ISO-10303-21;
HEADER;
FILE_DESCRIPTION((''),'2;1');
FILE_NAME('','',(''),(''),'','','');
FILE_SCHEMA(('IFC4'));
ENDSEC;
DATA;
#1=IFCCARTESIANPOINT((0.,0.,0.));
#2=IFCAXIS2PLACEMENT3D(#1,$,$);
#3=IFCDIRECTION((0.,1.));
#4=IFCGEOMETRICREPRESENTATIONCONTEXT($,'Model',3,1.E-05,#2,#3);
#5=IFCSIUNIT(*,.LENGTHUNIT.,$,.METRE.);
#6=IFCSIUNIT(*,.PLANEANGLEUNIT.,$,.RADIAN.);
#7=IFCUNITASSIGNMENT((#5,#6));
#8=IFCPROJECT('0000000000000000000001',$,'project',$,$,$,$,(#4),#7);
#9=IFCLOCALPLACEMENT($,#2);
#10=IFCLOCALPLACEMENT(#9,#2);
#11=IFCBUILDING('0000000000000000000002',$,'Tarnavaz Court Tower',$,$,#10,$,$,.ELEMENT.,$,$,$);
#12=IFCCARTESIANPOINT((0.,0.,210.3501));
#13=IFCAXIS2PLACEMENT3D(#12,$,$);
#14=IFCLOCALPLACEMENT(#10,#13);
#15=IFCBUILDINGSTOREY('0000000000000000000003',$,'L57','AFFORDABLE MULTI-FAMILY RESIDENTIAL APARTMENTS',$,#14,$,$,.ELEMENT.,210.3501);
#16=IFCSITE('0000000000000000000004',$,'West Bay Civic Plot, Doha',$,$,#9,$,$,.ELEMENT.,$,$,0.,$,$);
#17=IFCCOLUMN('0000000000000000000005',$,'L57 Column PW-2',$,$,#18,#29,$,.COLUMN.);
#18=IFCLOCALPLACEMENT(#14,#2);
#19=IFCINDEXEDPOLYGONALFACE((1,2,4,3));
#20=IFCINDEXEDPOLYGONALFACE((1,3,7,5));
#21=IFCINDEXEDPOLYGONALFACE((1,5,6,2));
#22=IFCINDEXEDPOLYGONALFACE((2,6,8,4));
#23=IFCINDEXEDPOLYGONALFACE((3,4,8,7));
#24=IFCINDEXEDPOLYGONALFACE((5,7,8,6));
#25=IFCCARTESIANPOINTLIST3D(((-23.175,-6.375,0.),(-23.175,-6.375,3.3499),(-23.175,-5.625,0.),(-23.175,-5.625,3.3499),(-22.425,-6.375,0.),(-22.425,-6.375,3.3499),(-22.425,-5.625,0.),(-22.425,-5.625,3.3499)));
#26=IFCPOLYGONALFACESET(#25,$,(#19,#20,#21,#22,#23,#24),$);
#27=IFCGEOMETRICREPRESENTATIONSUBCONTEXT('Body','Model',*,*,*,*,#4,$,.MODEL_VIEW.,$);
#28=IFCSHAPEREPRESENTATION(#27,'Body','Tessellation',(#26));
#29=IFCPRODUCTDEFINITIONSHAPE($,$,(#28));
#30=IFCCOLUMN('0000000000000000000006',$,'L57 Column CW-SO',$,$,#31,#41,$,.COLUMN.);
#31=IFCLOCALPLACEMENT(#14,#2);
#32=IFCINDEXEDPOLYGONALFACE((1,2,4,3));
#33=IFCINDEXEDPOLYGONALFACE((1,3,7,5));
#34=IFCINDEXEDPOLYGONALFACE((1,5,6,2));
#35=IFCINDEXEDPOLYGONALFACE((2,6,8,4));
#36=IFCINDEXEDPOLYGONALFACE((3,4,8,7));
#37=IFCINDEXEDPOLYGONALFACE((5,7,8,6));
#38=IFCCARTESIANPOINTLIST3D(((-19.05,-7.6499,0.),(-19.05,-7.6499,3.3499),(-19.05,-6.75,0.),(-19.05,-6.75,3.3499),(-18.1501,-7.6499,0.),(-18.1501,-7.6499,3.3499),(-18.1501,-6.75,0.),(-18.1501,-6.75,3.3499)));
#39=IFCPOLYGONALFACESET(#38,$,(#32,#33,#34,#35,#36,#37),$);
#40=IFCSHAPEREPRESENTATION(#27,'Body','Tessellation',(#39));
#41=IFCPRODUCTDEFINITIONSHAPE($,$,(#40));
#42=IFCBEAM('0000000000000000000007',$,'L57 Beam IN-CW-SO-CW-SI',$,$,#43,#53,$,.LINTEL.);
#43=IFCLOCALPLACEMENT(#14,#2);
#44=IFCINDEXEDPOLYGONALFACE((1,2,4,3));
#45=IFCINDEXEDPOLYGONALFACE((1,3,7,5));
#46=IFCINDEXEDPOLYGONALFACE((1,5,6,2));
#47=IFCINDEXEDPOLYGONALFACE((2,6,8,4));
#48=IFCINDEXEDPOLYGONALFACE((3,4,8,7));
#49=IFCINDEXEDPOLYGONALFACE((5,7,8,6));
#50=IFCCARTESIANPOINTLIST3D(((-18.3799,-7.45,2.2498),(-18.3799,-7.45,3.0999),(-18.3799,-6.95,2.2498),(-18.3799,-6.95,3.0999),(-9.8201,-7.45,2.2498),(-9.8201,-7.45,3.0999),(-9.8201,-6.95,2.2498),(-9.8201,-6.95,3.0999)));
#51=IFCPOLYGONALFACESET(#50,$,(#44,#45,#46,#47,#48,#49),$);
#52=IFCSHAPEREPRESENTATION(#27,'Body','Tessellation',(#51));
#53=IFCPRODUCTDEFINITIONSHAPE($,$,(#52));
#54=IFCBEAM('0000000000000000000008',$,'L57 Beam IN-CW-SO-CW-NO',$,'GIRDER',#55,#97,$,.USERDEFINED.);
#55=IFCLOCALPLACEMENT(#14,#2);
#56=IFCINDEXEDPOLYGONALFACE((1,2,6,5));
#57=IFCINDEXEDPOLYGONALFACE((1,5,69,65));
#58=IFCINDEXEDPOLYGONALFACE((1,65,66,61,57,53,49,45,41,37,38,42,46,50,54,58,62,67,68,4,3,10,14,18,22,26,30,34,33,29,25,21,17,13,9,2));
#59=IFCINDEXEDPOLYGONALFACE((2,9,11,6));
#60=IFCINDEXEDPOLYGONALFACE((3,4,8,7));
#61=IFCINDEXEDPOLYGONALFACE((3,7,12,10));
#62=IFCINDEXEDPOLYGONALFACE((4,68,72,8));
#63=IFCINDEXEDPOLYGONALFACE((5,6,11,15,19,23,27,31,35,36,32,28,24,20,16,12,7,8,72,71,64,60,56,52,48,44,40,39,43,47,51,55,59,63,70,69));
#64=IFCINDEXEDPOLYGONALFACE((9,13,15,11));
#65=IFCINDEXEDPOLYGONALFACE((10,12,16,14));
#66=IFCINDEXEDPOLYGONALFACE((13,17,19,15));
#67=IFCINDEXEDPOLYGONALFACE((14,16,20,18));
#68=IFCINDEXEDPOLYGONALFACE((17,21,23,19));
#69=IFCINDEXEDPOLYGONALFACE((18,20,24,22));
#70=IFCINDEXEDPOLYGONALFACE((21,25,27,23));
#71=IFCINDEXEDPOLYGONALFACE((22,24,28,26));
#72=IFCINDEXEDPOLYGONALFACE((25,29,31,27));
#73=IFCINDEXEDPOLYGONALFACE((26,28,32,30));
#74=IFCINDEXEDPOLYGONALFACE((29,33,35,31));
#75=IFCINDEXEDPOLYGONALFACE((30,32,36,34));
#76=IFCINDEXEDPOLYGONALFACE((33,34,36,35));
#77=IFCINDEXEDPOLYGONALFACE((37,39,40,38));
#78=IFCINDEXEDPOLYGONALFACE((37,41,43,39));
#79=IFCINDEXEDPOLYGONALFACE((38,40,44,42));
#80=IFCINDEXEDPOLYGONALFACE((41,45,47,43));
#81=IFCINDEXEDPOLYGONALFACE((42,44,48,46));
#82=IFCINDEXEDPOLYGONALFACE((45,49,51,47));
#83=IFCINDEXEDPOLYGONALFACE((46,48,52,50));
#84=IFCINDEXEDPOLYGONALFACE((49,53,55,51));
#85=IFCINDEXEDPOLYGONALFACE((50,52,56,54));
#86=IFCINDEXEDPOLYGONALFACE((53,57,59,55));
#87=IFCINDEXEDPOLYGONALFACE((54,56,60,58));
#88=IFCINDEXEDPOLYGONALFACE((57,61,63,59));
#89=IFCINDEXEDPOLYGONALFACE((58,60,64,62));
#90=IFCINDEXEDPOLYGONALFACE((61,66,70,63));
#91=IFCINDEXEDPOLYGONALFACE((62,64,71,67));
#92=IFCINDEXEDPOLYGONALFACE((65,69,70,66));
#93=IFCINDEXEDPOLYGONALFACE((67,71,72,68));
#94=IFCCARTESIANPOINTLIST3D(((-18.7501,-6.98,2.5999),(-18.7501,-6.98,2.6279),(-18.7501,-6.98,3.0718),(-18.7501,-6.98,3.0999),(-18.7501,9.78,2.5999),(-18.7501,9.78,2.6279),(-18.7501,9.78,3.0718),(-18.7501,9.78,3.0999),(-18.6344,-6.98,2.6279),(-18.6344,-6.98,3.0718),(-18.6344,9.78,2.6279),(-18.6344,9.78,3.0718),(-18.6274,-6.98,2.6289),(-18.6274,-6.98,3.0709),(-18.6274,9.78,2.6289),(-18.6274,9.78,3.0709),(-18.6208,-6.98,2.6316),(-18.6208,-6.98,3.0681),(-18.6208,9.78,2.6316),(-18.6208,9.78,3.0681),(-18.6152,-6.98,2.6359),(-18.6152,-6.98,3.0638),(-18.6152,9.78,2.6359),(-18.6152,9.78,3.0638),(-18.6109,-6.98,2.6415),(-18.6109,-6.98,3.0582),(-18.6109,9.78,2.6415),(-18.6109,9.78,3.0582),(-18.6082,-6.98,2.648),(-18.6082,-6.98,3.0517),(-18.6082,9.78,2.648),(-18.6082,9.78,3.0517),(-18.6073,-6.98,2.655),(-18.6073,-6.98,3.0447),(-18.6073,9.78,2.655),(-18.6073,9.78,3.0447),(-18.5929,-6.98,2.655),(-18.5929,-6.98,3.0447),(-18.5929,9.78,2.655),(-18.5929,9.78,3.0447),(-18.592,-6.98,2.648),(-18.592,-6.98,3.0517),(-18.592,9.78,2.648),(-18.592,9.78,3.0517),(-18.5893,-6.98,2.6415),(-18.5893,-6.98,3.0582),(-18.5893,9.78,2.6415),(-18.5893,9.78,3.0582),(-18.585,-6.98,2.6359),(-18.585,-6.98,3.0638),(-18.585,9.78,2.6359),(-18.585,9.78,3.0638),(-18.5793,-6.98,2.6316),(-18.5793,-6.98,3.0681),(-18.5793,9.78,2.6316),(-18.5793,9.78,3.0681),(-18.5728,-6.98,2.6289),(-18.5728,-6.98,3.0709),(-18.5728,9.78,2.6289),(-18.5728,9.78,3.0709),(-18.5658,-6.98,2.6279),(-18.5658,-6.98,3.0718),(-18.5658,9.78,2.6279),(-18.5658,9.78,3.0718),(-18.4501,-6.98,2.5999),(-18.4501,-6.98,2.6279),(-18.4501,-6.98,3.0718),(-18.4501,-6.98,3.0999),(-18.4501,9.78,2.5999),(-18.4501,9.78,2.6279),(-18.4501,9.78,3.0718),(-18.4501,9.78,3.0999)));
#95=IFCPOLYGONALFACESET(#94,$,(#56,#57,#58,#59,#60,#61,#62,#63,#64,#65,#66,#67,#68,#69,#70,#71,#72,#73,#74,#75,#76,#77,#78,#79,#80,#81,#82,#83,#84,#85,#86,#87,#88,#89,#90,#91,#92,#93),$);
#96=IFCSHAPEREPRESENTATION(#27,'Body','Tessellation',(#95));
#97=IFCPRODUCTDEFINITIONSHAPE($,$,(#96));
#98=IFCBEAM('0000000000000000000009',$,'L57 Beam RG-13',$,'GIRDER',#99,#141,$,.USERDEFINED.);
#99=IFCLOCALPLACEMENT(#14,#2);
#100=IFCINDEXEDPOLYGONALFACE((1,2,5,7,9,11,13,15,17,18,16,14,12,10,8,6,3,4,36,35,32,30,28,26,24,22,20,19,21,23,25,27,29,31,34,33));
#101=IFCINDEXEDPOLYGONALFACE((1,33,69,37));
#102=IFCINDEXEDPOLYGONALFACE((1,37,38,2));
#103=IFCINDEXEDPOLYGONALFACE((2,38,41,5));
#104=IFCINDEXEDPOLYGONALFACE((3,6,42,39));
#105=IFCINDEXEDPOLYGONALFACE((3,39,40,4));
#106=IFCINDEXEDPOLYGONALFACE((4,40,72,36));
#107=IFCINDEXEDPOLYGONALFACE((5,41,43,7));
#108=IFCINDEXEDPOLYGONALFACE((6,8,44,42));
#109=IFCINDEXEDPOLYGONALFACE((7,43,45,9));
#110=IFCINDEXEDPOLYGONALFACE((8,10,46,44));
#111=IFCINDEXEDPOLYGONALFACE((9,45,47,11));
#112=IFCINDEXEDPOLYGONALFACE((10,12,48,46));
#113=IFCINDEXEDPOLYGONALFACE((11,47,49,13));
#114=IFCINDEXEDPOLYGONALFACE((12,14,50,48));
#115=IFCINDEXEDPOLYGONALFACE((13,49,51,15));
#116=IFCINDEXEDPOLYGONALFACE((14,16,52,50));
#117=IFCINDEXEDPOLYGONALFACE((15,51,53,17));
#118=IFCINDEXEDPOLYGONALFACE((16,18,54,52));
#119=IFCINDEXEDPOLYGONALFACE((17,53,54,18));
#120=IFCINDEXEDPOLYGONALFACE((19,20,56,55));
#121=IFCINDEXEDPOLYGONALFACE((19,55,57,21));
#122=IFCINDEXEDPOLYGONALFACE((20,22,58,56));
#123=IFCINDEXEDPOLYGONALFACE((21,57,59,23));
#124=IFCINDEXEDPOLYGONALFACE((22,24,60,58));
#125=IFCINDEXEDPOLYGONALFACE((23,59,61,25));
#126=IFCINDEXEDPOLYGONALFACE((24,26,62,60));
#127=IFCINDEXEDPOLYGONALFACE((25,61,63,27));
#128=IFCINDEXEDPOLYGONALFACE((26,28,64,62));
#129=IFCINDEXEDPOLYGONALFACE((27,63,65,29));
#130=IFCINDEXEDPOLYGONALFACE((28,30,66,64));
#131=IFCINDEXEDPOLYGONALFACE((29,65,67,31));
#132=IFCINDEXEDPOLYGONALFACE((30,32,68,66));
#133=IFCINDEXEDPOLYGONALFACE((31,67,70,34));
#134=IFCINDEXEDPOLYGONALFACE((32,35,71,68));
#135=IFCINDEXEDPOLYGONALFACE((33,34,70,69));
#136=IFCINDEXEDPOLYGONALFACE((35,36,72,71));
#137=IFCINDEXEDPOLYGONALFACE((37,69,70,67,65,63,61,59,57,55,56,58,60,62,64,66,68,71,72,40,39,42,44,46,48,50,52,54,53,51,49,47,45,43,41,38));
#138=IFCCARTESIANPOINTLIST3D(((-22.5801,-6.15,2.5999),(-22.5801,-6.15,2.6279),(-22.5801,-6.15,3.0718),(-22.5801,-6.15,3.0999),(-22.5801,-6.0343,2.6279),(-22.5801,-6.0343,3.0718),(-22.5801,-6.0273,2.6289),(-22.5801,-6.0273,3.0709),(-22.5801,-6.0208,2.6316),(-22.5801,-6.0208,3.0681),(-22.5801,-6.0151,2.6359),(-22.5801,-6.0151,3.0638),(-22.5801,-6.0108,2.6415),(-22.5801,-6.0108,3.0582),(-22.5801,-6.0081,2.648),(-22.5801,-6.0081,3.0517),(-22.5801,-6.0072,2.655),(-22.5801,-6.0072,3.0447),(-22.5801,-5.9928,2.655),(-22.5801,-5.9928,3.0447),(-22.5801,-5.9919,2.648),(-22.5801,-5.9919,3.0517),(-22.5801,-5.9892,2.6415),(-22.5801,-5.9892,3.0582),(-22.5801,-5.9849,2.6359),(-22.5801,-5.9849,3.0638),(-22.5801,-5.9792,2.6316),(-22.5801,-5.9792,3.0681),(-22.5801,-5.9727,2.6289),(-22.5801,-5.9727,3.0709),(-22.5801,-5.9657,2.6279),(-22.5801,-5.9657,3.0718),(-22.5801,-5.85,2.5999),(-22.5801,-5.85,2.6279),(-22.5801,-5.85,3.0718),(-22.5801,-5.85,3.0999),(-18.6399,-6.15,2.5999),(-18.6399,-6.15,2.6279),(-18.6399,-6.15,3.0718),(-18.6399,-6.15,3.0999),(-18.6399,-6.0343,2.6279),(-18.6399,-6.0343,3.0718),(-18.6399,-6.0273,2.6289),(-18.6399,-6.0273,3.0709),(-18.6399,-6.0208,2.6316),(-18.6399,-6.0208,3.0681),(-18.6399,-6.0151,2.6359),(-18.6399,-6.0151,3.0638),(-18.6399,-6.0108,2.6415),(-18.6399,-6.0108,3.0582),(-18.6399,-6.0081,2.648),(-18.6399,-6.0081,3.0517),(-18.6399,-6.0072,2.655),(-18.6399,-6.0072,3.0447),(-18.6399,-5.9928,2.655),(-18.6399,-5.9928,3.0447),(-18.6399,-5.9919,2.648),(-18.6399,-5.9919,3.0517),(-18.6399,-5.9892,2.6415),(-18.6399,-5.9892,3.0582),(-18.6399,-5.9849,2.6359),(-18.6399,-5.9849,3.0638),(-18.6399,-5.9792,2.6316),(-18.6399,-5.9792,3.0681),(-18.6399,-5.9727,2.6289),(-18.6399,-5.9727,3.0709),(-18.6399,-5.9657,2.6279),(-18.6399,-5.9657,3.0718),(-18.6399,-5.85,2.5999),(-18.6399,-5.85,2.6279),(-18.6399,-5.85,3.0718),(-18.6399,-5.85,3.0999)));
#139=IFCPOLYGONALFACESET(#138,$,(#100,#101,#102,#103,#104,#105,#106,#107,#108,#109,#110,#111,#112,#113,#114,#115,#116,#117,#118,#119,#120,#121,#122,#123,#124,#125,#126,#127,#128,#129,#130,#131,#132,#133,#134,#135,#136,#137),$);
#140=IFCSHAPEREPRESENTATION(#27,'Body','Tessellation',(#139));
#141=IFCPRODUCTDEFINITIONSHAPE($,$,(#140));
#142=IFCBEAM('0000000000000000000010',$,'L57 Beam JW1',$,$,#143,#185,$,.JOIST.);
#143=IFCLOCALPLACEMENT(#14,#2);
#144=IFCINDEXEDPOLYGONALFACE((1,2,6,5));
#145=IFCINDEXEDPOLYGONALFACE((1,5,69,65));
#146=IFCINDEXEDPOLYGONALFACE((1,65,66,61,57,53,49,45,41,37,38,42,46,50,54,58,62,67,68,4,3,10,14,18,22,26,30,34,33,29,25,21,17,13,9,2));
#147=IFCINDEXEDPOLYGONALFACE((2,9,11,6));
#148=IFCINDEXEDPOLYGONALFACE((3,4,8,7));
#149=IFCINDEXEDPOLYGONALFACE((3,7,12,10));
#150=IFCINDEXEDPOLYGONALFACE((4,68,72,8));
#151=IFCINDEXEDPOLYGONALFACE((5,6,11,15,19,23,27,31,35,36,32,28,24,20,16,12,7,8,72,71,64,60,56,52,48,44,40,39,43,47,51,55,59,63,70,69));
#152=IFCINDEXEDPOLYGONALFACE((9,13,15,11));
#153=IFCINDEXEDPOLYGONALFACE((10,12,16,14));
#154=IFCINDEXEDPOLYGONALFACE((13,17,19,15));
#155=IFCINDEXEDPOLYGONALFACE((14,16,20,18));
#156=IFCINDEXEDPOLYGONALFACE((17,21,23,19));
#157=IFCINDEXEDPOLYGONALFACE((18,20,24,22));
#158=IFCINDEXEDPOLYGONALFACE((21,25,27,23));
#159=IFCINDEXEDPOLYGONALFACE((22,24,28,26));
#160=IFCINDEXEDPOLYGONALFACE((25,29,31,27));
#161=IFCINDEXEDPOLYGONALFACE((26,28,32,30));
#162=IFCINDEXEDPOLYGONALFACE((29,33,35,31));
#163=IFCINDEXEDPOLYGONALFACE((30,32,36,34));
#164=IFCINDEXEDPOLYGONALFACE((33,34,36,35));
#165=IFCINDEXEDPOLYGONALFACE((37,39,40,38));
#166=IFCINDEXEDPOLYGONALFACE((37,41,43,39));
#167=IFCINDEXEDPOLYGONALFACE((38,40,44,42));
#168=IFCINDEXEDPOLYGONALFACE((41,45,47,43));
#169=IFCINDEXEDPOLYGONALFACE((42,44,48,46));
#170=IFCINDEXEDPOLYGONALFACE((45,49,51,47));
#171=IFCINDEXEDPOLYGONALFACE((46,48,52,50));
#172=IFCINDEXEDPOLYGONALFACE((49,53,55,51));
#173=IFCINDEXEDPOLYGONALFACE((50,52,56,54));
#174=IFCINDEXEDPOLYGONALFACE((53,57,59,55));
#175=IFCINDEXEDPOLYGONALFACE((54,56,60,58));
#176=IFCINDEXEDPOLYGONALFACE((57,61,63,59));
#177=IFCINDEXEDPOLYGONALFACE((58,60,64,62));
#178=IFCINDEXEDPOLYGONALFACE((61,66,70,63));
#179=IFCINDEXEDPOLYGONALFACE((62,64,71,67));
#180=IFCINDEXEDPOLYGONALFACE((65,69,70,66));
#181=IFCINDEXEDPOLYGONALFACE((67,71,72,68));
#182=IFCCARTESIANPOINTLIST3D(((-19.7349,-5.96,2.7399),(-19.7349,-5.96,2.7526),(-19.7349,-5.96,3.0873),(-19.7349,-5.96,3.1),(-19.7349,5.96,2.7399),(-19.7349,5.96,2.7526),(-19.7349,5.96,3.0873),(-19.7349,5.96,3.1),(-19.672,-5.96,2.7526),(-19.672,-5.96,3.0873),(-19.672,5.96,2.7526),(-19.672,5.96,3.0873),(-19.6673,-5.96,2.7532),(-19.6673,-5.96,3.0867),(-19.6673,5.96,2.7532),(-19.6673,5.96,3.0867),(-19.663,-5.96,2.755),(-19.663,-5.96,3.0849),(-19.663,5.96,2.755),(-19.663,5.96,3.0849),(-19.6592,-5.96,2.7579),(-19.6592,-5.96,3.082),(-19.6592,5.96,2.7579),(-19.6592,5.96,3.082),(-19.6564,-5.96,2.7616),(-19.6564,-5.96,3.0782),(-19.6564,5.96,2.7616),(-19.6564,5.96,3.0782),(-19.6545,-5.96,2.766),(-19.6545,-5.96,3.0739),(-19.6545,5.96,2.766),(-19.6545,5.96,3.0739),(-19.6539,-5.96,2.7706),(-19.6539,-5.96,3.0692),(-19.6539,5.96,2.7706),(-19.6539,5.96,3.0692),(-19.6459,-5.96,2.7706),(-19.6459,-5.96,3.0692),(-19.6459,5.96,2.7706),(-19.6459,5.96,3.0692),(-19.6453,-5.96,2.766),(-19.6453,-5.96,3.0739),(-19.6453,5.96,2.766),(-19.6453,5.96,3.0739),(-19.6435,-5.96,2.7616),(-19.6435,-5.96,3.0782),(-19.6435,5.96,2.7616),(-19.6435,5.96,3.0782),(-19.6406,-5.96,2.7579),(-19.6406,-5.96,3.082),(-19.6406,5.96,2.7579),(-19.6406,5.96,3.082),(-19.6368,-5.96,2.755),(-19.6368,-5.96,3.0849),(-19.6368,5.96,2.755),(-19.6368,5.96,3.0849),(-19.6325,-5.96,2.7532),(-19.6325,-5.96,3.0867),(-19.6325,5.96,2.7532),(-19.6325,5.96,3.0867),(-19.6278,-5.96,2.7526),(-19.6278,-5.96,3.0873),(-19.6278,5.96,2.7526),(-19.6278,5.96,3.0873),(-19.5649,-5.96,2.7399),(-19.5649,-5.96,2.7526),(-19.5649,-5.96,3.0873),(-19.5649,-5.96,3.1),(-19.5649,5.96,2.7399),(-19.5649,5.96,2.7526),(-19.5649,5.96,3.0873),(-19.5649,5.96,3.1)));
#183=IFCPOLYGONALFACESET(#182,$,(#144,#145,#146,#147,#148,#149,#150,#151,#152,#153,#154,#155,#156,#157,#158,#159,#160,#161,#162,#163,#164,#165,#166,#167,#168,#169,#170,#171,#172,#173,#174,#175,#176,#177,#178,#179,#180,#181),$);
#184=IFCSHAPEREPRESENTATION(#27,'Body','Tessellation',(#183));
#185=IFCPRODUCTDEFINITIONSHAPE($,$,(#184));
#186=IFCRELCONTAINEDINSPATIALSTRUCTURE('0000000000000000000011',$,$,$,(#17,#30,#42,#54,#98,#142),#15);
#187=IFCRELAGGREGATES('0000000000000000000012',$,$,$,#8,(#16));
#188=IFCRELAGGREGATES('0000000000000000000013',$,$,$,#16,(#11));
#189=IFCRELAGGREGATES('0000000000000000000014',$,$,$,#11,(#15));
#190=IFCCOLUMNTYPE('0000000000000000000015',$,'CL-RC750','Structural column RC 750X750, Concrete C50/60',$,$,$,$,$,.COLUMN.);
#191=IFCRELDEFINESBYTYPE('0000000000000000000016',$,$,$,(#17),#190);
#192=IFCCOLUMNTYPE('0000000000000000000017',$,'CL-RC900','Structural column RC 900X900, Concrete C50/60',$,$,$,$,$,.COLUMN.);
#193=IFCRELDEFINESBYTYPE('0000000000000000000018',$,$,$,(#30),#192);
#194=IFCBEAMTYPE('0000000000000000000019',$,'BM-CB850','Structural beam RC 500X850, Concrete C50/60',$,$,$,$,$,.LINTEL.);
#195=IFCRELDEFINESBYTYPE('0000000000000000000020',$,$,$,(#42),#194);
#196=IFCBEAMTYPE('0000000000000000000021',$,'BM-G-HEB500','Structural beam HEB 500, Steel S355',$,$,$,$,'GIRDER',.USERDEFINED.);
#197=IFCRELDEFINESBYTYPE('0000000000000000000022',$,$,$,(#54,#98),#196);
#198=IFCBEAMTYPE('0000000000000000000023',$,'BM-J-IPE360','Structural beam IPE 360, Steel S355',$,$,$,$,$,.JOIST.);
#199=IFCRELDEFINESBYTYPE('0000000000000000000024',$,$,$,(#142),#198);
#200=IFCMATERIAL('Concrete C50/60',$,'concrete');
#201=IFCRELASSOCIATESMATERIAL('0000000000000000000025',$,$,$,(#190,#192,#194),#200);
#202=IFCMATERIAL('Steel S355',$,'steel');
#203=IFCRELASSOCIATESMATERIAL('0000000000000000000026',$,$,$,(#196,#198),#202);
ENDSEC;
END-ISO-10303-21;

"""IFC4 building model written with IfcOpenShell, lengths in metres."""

from ifc_helpers import new_model, si_unit, direction, frame, origin, origin_2d, place, context, subcontext, project, spatial, rectangle, i_section, extrude, material, material_profile, profile_set, type_object, element, save


model = new_model("IFC4")

# Units and contexts
model_context = context("Model", 3, precision=1e-05, world=origin(), true_north=direction((0.0, 1.0)))
body_context = subcontext(model_context, "Body", "Model", "MODEL_VIEW")
ifc_project = project(units=[si_unit("LENGTHUNIT", "METRE"), si_unit("PLANEANGLEUNIT", "RADIAN")], contexts=[model_context])

# Site, building, storey
site_placement = place(None, origin())
site = spatial("IfcSite", under=ifc_project, at=site_placement, Name="West Bay Civic Plot, Doha", CompositionType="ELEMENT", RefElevation=0.0)
building_placement = place(site_placement, origin())
building = spatial("IfcBuilding", under=site, at=building_placement, Name="Tarnavaz Court Tower", CompositionType="ELEMENT")
storey_placement = place(building_placement, frame((0.0, 0.0, 210.3501)))
storey = spatial("IfcBuildingStorey", under=building, at=storey_placement, Name="L57", Description="AFFORDABLE MULTI-FAMILY RESIDENTIAL APARTMENTS", CompositionType="ELEMENT", Elevation=210.3501)

# Columns
ifc_material_1 = material(Name="Concrete C50/60", Category="concrete")
ifc_material_profile_1 = material_profile(ifc_material_1, rectangle(XDim=0.75, YDim=0.75, at=origin_2d()), Name="RC 750X750")
ifc_profile_set_1 = profile_set([ifc_material_profile_1], Name="Concrete C50/60")
column_type_1 = type_object("IfcColumnType", Name="CL-RC750", Description="Structural column RC 750X750, Concrete C50/60", PredefinedType="COLUMN", material=ifc_profile_set_1)
column_1_placement = place(storey_placement, frame((-22.8, -6.0, 0.0), z_axis=(0.0, 0.0, 1.0), x_axis=(1.0, 0.0, 0.0)))
element("IfcColumn", 1, at=column_1_placement, inside=storey, type_object=column_type_1, Name="L57 Column PW-2", PredefinedType="COLUMN", context=body_context, shape_type="SweptSolid", body=[
    extrude(rectangle(XDim=0.75, YDim=0.75, at=origin_2d()), origin(), (0.0, 0.0, 1.0), 3.3499),
])
ifc_material_profile_2 = material_profile(ifc_material_1, rectangle(XDim=0.8999, YDim=0.8999, at=origin_2d()), Name="RC 900X900")
ifc_profile_set_2 = profile_set([ifc_material_profile_2], Name="Concrete C50/60")
column_type_2 = type_object("IfcColumnType", Name="CL-RC900", Description="Structural column RC 900X900, Concrete C50/60", PredefinedType="COLUMN", material=ifc_profile_set_2)
column_2_placement = place(storey_placement, frame((-18.6001, -7.2, 0.0), z_axis=(0.0, 0.0, 1.0), x_axis=(1.0, 0.0, 0.0)))
element("IfcColumn", 2, at=column_2_placement, inside=storey, type_object=column_type_2, Name="L57 Column CW-SO", PredefinedType="COLUMN", context=body_context, shape_type="SweptSolid", body=[
    extrude(rectangle(XDim=0.8999, YDim=0.8999, at=origin_2d()), origin(), (0.0, 0.0, 1.0), 3.3499),
])

# Beams
ifc_material_profile_3 = material_profile(ifc_material_1, rectangle(XDim=0.5, YDim=0.8501, at=origin_2d()), Name="RC 500X850")
ifc_profile_set_3 = profile_set([ifc_material_profile_3], Name="Concrete C50/60")
beam_type_1 = type_object("IfcBeamType", Name="BM-CB850", Description="Structural beam RC 500X850, Concrete C50/60", PredefinedType="LINTEL", material=ifc_profile_set_3)
beam_1_placement = place(storey_placement, frame((-18.3799, -7.2, 2.6748), z_axis=(1.0, 0.0, 0.0), x_axis=(0.0, 1.0, 0.0)))
element("IfcBeam", 3, at=beam_1_placement, inside=storey, type_object=beam_type_1, Name="L57 Beam IN-CW-SO-CW-SI", PredefinedType="LINTEL", context=body_context, shape_type="SweptSolid", body=[
    extrude(rectangle(XDim=0.5, YDim=0.8501, at=origin_2d()), origin(), (0.0, 0.0, 1.0), 8.5598),
])
ifc_material_2 = material(Name="Steel S355", Category="steel")
ifc_material_profile_4 = material_profile(ifc_material_2, i_section(OverallWidth=0.3, OverallDepth=0.5, WebThickness=0.0144, FlangeThickness=0.0281, FilletRadius=0.0271, at=origin_2d()), Name="HEB 500")
ifc_profile_set_4 = profile_set([ifc_material_profile_4], Name="Steel S355")
beam_type_2 = type_object("IfcBeamType", Name="BM-G-HEB500", Description="Structural beam HEB 500, Steel S355", ElementType="GIRDER", PredefinedType="USERDEFINED", material=ifc_profile_set_4)
beam_2_placement = place(storey_placement, frame((-18.6001, -6.98, 2.8499), z_axis=(0.0, 1.0, 0.0), x_axis=(-1.0, 0.0, 0.0)))
element("IfcBeam", 4, at=beam_2_placement, inside=storey, type_object=beam_type_2, Name="L57 Beam IN-CW-SO-CW-NO", ObjectType="GIRDER", PredefinedType="USERDEFINED", context=body_context, shape_type="SweptSolid", body=[
    extrude(i_section(OverallWidth=0.3, OverallDepth=0.5, WebThickness=0.0144, FlangeThickness=0.0281, FilletRadius=0.0271, at=origin_2d()), origin(), (0.0, 0.0, 1.0), 16.76),
])
beam_3_placement = place(storey_placement, frame((-18.6399, -6.0, 2.8499), z_axis=(-1.0, 0.0, 0.0), x_axis=(0.0, -1.0, 0.0)))
element("IfcBeam", 5, at=beam_3_placement, inside=storey, type_object=beam_type_2, Name="L57 Beam RG-13", ObjectType="GIRDER", PredefinedType="USERDEFINED", context=body_context, shape_type="SweptSolid", body=[
    extrude(i_section(OverallWidth=0.3, OverallDepth=0.5, WebThickness=0.0144, FlangeThickness=0.0281, FilletRadius=0.0271, at=origin_2d()), origin(), (0.0, 0.0, 1.0), 3.9402),
])
ifc_material_profile_5 = material_profile(ifc_material_2, i_section(OverallWidth=0.1699, OverallDepth=0.3601, WebThickness=0.0081, FlangeThickness=0.0127, FilletRadius=0.0181, at=origin_2d()), Name="IPE 360")
ifc_profile_set_5 = profile_set([ifc_material_profile_5], Name="Steel S355")
beam_type_3 = type_object("IfcBeamType", Name="BM-J-IPE360", Description="Structural beam IPE 360, Steel S355", PredefinedType="JOIST", material=ifc_profile_set_5)
for number, where, z_axis, x_axis, name in (
    (6, (-19.6499, -5.96, 2.9199), (0.0, 1.0, 0.0), (-1.0, 0.0, 0.0), "L57 Beam JW1"),
):
    element("IfcBeam", number, at=place(storey_placement, frame(where, z_axis=z_axis, x_axis=x_axis)), inside=storey, type_object=beam_type_3, Name=name, PredefinedType="JOIST", context=body_context, shape_type="SweptSolid", body=[
        extrude(i_section(OverallWidth=0.1699, OverallDepth=0.3601, WebThickness=0.0081, FlangeThickness=0.0127, FilletRadius=0.0181, at=origin_2d()), origin(), (0.0, 0.0, 1.0), 11.9199),
    ])

save(model, "model.ifc")
